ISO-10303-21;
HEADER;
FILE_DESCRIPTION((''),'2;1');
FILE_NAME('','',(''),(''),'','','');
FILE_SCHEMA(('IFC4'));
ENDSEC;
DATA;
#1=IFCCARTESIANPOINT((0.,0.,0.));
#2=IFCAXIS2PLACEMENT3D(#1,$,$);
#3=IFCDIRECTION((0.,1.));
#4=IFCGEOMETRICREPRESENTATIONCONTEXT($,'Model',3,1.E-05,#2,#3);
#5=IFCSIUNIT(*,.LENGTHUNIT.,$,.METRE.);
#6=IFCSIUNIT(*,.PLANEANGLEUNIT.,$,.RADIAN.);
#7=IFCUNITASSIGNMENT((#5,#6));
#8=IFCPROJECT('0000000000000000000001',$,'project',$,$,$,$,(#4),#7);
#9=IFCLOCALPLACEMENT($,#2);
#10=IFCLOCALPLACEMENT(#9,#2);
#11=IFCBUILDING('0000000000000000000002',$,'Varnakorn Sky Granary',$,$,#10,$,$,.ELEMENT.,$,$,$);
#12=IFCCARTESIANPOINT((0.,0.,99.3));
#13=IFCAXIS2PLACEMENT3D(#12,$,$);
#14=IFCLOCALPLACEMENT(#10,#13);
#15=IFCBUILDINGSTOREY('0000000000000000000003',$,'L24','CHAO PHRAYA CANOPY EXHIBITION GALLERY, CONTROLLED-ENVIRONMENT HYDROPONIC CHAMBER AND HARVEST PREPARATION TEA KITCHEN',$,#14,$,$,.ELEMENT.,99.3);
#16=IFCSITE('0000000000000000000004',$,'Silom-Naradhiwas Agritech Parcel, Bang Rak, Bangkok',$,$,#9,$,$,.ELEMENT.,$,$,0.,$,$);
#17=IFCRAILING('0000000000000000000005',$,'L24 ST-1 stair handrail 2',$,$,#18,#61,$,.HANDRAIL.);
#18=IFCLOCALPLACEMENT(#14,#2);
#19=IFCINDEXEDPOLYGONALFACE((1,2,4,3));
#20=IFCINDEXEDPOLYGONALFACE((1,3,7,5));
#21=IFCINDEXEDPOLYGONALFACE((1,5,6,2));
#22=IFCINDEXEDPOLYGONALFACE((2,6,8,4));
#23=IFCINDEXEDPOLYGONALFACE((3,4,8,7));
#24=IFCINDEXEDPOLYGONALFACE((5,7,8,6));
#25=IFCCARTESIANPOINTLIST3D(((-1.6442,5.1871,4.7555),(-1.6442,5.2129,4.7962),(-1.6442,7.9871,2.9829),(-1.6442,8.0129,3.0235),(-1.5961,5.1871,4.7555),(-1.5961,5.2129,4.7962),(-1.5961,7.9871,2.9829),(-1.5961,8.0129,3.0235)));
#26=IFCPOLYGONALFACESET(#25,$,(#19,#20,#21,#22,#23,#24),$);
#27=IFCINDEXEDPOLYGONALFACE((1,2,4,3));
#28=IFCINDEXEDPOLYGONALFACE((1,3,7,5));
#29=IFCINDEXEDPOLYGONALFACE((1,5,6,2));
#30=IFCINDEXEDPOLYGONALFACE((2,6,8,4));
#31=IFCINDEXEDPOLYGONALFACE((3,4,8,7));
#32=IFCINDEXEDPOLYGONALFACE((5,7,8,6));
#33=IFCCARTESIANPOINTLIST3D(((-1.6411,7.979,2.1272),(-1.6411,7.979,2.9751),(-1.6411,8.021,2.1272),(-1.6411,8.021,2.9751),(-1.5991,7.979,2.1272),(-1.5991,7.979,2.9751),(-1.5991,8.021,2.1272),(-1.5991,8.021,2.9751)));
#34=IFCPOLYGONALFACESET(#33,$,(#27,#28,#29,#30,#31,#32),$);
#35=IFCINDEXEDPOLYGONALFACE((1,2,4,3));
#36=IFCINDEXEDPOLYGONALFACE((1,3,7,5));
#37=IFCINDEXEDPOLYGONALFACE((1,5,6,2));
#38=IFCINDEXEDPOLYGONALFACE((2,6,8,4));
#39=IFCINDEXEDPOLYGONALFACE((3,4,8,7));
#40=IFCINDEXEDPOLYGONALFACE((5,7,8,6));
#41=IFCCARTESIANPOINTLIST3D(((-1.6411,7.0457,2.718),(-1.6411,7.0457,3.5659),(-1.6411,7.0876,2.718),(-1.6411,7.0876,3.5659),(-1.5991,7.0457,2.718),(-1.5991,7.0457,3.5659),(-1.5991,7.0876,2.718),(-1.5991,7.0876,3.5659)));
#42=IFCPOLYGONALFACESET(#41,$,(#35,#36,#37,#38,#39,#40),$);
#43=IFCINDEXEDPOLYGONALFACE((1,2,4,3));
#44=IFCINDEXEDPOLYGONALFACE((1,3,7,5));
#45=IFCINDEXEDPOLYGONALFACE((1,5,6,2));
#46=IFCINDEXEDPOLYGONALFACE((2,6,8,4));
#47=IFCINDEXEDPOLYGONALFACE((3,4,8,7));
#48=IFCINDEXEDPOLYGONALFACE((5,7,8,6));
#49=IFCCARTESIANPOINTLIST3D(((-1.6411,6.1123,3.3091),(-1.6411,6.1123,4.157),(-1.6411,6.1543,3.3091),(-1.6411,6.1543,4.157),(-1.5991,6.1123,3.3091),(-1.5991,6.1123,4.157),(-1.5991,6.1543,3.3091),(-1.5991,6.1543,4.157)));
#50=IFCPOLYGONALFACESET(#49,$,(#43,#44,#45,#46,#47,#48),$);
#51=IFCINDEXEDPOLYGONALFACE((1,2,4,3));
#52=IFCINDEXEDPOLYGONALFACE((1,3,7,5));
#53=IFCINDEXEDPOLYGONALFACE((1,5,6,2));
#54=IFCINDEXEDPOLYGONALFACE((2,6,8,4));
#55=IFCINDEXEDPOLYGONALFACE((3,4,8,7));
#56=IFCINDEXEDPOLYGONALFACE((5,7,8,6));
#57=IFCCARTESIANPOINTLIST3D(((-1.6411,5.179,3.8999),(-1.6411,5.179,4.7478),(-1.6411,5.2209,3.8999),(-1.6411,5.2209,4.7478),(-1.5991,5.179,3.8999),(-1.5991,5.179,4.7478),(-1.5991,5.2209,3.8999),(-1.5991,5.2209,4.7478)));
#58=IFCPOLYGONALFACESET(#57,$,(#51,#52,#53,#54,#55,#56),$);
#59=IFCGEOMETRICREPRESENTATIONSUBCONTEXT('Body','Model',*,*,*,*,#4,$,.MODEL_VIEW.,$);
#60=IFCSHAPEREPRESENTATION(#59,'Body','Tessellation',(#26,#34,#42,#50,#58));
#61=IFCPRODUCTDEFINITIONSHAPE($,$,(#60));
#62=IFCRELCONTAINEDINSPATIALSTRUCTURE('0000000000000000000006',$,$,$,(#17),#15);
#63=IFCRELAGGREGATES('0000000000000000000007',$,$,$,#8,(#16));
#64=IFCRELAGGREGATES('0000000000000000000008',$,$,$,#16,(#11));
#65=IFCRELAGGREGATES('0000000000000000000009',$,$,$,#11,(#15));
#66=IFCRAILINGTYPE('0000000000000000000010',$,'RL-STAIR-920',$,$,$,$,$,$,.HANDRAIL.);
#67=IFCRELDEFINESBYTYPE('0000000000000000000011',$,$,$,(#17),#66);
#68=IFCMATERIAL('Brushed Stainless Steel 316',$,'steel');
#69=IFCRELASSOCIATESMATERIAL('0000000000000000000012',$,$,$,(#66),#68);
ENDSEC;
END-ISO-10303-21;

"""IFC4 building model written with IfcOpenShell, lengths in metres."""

from ifc_helpers import new_model, si_unit, direction, frame, origin, origin_2d, place, context, subcontext, project, spatial, rectangle, extrude, material, type_object, element, save


model = new_model("IFC4")

# Units and contexts
model_context = context("Model", 3, precision=1e-05, world=origin(), true_north=direction((0.0, 1.0)))
body_context = subcontext(model_context, "Body", "Model", "MODEL_VIEW")
ifc_project = project(units=[si_unit("LENGTHUNIT", "METRE"), si_unit("PLANEANGLEUNIT", "RADIAN")], contexts=[model_context])

# Site, building, storey
site_placement = place(None, origin())
site = spatial("IfcSite", under=ifc_project, at=site_placement, Name="Silom-Naradhiwas Agritech Parcel, Bang Rak, Bangkok", CompositionType="ELEMENT", RefElevation=0.0)
building_placement = place(site_placement, origin())
building = spatial("IfcBuilding", under=site, at=building_placement, Name="Varnakorn Sky Granary", CompositionType="ELEMENT")
storey_placement = place(building_placement, frame((0.0, 0.0, 99.3)))
storey = spatial("IfcBuildingStorey", under=building, at=storey_placement, Name="L24", Description="CHAO PHRAYA CANOPY EXHIBITION GALLERY, CONTROLLED-ENVIRONMENT HYDROPONIC CHAMBER AND HARVEST PREPARATION TEA KITCHEN", CompositionType="ELEMENT", Elevation=99.3)

# Railing
ifc_material_1 = material(Name="Brushed Stainless Steel 316", Category="steel")
railing_type_1 = type_object("IfcRailingType", Name="RL-STAIR-920", PredefinedType="HANDRAIL", material=ifc_material_1)
railing_1_placement = place(storey_placement, frame((-1.6201, 8.0, 2.1272)))
element("IfcRailing", 1, at=railing_1_placement, inside=storey, type_object=railing_type_1, Name="L24 ST-1 stair handrail 2", PredefinedType="HANDRAIL", context=body_context, shape_type="SweptSolid", body=[
    extrude(rectangle(XDim=0.0481, YDim=0.0481, at=origin_2d()), frame((0.0, 0.0, 0.876), z_axis=(0.0, -0.844909, 0.53491), x_axis=(1.0, 0.0, 0.0)), (0.0, 0.0, 1.0), 3.314),
    extrude(rectangle(XDim=0.042, YDim=0.042, at=origin_2d()), origin(), (0.0, 0.0, 1.0), 0.8479),
    extrude(rectangle(XDim=0.042, YDim=0.042, at=origin_2d()), frame((0.0, -0.9333, 0.5908)), (0.0, 0.0, 1.0), 0.8479),
    extrude(rectangle(XDim=0.042, YDim=0.042, at=origin_2d()), frame((0.0, -1.8667, 1.1819)), (0.0, 0.0, 1.0), 0.8479),
    extrude(rectangle(XDim=0.042, YDim=0.042, at=origin_2d()), frame((0.0, -2.8, 1.7727)), (0.0, 0.0, 1.0), 0.8479),
])

save(model, "model.ifc")
